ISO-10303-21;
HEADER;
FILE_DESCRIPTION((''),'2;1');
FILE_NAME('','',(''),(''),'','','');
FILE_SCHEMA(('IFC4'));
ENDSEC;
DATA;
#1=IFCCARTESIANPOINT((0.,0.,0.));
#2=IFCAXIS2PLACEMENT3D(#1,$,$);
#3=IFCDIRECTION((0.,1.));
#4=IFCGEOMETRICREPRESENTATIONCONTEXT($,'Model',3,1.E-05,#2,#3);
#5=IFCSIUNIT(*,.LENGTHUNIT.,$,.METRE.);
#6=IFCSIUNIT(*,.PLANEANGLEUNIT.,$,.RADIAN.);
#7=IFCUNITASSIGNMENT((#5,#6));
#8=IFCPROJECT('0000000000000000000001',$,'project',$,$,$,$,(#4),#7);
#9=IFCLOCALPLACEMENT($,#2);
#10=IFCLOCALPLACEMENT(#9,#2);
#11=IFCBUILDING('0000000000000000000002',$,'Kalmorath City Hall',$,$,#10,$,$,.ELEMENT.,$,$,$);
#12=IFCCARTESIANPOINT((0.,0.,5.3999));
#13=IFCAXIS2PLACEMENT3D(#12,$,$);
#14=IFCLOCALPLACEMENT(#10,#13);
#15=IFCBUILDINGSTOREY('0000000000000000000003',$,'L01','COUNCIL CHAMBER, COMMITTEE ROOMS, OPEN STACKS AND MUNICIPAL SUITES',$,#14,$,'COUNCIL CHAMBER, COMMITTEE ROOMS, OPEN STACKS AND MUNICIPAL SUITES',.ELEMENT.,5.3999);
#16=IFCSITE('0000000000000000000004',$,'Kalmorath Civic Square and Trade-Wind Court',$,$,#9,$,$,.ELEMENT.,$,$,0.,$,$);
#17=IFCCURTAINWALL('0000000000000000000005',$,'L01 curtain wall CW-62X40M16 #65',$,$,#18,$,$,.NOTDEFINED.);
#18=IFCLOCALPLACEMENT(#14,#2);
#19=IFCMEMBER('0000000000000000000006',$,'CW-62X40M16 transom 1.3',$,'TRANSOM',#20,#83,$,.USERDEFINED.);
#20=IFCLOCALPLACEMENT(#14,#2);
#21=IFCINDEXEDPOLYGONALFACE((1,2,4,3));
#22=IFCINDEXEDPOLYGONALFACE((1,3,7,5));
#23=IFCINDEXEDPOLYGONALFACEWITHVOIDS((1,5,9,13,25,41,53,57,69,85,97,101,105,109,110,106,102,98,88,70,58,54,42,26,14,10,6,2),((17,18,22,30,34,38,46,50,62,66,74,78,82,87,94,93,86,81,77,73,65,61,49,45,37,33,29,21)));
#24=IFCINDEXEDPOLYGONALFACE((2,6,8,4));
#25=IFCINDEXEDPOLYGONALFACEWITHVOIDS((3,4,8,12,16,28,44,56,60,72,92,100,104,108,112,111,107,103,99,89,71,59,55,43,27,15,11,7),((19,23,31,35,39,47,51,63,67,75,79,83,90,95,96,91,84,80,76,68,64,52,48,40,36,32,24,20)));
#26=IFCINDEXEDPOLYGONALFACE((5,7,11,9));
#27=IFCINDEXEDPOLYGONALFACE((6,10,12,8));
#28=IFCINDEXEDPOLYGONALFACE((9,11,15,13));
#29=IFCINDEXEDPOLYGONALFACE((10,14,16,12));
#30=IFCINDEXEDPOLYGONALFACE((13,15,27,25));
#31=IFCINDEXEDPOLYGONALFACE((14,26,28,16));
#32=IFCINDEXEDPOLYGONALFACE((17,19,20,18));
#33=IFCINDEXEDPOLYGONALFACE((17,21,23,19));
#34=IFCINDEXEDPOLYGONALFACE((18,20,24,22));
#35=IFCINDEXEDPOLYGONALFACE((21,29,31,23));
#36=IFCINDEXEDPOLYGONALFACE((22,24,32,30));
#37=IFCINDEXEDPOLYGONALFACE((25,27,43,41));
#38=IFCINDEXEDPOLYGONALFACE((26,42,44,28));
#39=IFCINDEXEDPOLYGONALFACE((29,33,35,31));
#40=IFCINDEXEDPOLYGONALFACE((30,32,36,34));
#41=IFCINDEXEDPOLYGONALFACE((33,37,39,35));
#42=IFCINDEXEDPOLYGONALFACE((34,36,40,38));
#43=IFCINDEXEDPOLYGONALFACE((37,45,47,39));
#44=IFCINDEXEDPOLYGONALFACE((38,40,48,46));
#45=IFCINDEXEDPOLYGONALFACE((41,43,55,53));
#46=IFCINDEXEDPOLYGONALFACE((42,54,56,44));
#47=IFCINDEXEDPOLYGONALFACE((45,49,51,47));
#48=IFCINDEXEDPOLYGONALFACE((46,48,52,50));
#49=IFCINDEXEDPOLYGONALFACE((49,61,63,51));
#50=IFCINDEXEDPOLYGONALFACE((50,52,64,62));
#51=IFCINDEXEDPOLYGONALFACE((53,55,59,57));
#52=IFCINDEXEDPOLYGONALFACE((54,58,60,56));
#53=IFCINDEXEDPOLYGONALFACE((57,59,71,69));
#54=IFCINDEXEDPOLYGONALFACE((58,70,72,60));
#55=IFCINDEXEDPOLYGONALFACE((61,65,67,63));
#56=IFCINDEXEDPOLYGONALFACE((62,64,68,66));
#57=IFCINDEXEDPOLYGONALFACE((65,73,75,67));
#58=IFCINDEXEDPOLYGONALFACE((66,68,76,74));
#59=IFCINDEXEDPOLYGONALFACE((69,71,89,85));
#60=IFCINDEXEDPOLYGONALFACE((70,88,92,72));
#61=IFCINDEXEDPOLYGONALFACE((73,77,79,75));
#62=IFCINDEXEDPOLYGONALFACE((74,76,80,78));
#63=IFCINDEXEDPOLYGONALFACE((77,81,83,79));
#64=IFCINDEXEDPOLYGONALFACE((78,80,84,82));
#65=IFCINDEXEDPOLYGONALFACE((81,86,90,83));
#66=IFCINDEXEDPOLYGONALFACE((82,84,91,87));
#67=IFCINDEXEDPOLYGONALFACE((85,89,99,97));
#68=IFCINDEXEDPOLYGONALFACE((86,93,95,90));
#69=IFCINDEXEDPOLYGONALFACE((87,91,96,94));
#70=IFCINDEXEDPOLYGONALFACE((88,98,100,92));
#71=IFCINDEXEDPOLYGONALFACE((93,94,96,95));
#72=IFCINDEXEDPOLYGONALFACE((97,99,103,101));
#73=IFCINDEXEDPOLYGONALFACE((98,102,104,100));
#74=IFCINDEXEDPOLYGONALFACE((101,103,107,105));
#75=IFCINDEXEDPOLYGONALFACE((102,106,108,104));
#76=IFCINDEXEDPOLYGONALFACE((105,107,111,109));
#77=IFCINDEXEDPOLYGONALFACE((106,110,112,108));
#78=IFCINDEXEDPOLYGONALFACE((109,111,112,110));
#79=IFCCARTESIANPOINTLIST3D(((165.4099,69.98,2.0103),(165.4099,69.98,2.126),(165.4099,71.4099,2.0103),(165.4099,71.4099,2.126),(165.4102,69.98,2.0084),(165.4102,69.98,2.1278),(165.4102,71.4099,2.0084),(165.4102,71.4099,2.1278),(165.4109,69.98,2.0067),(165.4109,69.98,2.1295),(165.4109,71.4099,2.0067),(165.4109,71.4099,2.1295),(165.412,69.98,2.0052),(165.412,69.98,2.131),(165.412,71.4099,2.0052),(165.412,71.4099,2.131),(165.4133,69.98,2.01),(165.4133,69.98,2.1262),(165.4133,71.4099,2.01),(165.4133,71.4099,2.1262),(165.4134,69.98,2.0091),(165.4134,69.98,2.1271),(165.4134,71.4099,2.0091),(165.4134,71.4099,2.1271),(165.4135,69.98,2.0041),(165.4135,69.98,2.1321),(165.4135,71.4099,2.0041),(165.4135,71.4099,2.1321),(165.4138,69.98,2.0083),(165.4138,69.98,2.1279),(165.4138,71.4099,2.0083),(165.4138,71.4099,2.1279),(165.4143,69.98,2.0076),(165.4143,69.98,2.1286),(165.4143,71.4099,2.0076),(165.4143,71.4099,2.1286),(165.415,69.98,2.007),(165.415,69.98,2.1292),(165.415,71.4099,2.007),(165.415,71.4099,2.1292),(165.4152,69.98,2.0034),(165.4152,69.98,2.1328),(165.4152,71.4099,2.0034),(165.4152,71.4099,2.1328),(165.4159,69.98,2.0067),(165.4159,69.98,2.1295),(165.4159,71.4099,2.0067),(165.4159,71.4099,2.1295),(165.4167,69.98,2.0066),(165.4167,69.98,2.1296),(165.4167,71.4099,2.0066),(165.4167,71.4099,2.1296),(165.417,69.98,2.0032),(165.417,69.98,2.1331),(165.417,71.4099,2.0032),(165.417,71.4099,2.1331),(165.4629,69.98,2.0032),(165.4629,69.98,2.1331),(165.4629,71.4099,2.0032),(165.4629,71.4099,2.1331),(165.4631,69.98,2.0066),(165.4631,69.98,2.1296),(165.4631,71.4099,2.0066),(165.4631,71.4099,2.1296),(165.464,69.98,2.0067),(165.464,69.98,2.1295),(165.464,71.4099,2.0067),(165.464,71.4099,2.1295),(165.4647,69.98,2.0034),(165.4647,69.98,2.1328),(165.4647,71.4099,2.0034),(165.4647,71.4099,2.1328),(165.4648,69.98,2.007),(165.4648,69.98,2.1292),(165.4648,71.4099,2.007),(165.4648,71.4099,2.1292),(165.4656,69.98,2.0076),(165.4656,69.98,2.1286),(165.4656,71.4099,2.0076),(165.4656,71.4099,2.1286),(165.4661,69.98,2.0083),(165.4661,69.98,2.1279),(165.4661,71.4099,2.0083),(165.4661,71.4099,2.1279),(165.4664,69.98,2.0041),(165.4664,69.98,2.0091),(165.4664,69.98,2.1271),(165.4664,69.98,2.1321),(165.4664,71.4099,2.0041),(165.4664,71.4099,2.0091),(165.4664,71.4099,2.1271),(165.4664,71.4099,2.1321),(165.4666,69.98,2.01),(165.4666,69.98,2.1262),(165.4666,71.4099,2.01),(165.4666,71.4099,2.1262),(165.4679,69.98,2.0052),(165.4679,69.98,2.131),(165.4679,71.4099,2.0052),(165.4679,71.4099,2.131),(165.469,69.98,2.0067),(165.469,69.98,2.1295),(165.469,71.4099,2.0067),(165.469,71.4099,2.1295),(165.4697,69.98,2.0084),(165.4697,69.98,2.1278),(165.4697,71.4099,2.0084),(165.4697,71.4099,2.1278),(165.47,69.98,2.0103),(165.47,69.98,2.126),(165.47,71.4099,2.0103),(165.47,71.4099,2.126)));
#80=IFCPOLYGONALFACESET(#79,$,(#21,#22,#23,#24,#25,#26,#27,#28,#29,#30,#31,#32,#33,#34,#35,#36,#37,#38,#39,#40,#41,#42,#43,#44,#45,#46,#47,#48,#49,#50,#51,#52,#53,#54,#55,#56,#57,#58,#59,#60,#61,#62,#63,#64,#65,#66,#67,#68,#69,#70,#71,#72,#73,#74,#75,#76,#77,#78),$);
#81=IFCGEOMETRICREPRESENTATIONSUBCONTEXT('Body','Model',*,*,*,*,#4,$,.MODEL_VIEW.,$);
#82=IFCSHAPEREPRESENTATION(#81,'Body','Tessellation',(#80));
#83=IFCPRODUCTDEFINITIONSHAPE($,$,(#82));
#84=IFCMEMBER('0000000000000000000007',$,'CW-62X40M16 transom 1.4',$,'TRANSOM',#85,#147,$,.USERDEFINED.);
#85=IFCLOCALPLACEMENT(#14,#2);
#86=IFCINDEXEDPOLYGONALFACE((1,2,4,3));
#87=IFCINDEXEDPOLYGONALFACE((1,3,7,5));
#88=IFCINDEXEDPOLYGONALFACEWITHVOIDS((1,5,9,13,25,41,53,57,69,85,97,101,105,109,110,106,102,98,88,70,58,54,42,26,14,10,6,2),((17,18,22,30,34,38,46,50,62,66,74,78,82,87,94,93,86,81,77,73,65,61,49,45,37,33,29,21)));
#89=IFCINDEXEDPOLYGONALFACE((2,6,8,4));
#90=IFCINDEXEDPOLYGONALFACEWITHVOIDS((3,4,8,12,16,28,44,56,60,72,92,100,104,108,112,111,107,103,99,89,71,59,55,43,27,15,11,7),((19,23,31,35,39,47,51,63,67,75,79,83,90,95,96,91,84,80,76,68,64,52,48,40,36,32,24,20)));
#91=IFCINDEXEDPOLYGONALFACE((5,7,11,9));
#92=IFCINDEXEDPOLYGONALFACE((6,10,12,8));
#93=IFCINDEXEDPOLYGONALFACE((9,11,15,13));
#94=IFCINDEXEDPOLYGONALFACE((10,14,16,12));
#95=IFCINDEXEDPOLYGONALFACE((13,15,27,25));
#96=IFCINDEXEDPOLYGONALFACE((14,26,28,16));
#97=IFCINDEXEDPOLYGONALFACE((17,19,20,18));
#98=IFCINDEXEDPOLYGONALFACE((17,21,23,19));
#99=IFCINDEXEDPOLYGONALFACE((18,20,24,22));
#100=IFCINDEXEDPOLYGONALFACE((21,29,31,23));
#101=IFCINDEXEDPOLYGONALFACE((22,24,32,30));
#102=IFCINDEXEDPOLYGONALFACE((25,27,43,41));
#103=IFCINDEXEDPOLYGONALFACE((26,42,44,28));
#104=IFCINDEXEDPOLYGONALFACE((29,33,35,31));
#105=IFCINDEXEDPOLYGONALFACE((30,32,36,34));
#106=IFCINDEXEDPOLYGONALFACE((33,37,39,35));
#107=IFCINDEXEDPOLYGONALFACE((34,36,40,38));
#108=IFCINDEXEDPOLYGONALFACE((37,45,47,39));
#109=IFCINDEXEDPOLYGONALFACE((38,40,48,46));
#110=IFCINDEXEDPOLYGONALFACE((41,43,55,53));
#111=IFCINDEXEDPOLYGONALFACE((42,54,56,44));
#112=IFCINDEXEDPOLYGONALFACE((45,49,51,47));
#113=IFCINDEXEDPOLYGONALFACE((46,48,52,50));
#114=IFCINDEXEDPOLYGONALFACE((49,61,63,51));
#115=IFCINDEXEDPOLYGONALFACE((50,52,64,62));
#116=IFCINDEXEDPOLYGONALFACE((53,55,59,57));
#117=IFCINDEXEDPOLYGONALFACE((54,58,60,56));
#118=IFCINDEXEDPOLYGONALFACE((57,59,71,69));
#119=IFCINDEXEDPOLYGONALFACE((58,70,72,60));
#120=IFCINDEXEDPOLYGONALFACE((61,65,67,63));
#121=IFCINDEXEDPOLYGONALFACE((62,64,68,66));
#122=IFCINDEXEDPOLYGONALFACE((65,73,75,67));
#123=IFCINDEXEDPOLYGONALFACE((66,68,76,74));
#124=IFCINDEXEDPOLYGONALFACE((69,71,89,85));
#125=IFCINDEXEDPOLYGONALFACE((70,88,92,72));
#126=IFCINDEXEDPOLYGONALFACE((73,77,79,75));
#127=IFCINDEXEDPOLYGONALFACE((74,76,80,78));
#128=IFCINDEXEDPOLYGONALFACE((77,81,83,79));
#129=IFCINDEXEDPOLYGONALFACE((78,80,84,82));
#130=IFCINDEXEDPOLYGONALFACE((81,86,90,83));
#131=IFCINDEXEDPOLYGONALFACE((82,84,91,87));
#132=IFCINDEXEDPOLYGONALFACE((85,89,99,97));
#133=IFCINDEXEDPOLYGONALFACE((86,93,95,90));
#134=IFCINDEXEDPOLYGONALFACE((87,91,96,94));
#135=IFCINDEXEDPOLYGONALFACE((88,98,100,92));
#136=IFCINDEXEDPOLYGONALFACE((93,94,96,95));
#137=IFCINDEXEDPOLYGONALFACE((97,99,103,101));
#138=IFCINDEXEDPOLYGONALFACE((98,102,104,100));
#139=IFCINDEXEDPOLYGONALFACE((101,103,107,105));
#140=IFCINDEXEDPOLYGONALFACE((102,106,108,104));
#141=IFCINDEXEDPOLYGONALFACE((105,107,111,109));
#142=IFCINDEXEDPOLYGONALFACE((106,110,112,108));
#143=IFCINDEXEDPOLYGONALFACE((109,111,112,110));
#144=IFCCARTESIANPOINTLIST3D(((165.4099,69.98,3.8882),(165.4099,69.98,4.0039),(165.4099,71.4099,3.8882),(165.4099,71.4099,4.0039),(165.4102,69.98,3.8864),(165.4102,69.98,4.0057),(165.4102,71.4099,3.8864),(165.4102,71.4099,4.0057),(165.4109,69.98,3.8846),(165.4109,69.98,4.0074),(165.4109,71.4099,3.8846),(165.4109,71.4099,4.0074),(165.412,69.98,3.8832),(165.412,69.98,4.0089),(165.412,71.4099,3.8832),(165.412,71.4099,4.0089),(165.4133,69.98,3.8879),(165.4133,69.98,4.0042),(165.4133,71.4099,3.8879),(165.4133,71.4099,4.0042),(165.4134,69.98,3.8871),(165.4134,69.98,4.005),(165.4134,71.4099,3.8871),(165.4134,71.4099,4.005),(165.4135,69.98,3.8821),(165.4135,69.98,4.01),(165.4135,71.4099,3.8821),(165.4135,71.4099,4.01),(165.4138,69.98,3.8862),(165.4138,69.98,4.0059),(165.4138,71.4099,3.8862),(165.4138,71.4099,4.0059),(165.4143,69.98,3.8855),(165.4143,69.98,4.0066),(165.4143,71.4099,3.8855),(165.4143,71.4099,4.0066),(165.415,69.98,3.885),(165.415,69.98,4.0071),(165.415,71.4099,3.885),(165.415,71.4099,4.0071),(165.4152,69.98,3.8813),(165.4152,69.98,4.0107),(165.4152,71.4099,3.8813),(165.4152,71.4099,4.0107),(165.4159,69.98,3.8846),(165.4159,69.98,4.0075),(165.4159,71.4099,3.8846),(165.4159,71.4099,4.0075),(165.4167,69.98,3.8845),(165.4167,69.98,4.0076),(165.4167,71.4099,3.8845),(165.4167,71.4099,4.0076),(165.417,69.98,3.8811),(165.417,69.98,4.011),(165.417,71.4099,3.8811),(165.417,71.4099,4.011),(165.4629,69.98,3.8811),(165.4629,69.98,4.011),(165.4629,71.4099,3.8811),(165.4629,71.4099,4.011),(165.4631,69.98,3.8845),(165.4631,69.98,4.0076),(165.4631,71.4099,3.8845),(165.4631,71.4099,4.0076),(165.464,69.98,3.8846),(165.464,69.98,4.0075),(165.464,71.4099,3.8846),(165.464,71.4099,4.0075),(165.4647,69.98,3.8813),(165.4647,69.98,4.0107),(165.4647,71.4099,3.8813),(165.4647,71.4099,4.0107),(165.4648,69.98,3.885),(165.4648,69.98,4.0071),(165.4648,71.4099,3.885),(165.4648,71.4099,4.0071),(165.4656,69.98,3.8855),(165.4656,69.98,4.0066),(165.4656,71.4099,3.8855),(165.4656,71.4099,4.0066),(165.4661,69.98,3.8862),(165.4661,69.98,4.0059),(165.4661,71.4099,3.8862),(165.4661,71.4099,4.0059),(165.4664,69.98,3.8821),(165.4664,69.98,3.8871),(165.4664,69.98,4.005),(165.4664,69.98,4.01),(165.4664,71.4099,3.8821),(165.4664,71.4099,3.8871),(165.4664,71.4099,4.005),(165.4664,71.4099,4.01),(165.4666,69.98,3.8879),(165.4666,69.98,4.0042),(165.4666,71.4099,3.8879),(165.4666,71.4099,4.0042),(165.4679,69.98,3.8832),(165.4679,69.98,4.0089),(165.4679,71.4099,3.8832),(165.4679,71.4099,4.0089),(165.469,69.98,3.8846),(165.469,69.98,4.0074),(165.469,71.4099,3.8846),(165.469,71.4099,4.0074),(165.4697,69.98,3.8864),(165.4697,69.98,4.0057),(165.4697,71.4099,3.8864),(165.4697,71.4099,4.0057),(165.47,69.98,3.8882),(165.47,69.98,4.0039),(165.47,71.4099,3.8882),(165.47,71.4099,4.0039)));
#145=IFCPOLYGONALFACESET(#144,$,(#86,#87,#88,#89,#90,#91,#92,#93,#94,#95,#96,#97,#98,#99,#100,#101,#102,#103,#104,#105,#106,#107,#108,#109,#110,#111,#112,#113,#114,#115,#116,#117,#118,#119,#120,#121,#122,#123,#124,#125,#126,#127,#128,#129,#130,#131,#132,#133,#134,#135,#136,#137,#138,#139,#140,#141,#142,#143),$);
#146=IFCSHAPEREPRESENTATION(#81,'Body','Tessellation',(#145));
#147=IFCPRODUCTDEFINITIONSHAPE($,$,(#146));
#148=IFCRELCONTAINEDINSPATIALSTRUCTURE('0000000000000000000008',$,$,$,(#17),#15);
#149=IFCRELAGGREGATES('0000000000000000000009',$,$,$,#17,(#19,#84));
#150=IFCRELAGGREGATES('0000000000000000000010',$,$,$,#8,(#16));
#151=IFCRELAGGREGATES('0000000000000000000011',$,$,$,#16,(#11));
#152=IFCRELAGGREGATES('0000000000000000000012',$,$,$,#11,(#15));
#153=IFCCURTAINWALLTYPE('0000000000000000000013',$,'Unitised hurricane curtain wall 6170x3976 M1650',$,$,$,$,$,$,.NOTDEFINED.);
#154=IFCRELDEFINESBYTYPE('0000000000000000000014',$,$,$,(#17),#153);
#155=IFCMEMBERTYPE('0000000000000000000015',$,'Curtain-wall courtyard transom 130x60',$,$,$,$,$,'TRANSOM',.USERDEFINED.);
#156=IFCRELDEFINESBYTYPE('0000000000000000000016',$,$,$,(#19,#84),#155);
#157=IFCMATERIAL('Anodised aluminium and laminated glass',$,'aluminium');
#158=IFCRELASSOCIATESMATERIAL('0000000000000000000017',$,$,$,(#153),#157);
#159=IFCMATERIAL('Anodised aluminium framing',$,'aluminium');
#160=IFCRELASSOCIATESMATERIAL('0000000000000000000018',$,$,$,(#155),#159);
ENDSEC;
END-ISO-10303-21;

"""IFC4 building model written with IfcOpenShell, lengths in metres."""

from ifc_helpers import new_model, si_unit, direction, frame, origin, origin_2d, place, context, subcontext, project, spatial, hollow_rectangle, extrude, material, material_profile, profile_set, type_object, element, aggregate, save


model = new_model("IFC4")

# Units and contexts
model_context = context("Model", 3, precision=1e-05, world=origin(), true_north=direction((0.0, 1.0)))
body_context = subcontext(model_context, "Body", "Model", "MODEL_VIEW")
ifc_project = project(units=[si_unit("LENGTHUNIT", "METRE"), si_unit("PLANEANGLEUNIT", "RADIAN")], contexts=[model_context])

# Site, building, storey
site_placement = place(None, origin())
site = spatial("IfcSite", under=ifc_project, at=site_placement, Name="Kalmorath Civic Square and Trade-Wind Court", CompositionType="ELEMENT", RefElevation=0.0)
building_placement = place(site_placement, origin())
building = spatial("IfcBuilding", under=site, at=building_placement, Name="Kalmorath City Hall", CompositionType="ELEMENT")
storey_placement = place(building_placement, frame((0.0, 0.0, 5.3999)))
storey = spatial("IfcBuildingStorey", under=building, at=storey_placement, Name="L01", Description="COUNCIL CHAMBER, COMMITTEE ROOMS, OPEN STACKS AND MUNICIPAL SUITES", LongName="COUNCIL CHAMBER, COMMITTEE ROOMS, OPEN STACKS AND MUNICIPAL SUITES", CompositionType="ELEMENT", Elevation=5.3999)

# Curtain wall, members
ifc_material_1 = material(Name="Anodised aluminium and laminated glass", Category="aluminium")
curtain_wall_type = type_object("IfcCurtainWallType", Name="Unitised hurricane curtain wall 6170x3976 M1650", PredefinedType="NOTDEFINED", material=ifc_material_1)
curtain_wall_placement = place(storey_placement, origin())
curtain_wall = element("IfcCurtainWall", 1, at=curtain_wall_placement, inside=storey, type_object=curtain_wall_type, Name="L01 curtain wall CW-62X40M16 #65", PredefinedType="NOTDEFINED")
ifc_material_2 = material(Name="Anodised aluminium framing", Category="aluminium")
ifc_material_profile_1 = material_profile(ifc_material_2, hollow_rectangle(XDim=0.0601, YDim=0.1299, WallThickness=0.0034, InnerFilletRadius=0.0034, OuterFilletRadius=0.0071, at=origin_2d()), Name="ALU-TRN-130X60X3.5")
ifc_profile_set_1 = profile_set([ifc_material_profile_1], Name="Anodised aluminium framing")
member_type_1 = type_object("IfcMemberType", Name="Curtain-wall courtyard transom 130x60", ElementType="TRANSOM", PredefinedType="USERDEFINED", material=ifc_profile_set_1)
member_1_placement = place(storey_placement, frame((165.4399, 71.4099, 2.0681), z_axis=(0.0, -1.0, 0.0), x_axis=(1.0, 0.0, 0.0)))
member_1 = element("IfcMember", 2, at=member_1_placement, type_object=member_type_1, Name="CW-62X40M16 transom 1.3", ObjectType="TRANSOM", PredefinedType="USERDEFINED", context=body_context, shape_type="SweptSolid", body=[
    extrude(hollow_rectangle(XDim=0.0601, YDim=0.1299, WallThickness=0.0034, InnerFilletRadius=0.0034, OuterFilletRadius=0.0071, at=origin_2d()), origin(), (0.0, 0.0, 1.0), 1.4299),
])
member_2_placement = place(storey_placement, frame((165.4399, 71.4099, 3.946), z_axis=(0.0, -1.0, 0.0), x_axis=(1.0, 0.0, 0.0)))
member_2 = element("IfcMember", 3, at=member_2_placement, type_object=member_type_1, Name="CW-62X40M16 transom 1.4", ObjectType="TRANSOM", PredefinedType="USERDEFINED", context=body_context, shape_type="SweptSolid", body=[
    extrude(hollow_rectangle(XDim=0.0601, YDim=0.1299, WallThickness=0.0034, InnerFilletRadius=0.0034, OuterFilletRadius=0.0071, at=origin_2d()), origin(), (0.0, 0.0, 1.0), 1.4299),
])

aggregate(curtain_wall, [member_1, member_2])

save(model, "model.ifc")
